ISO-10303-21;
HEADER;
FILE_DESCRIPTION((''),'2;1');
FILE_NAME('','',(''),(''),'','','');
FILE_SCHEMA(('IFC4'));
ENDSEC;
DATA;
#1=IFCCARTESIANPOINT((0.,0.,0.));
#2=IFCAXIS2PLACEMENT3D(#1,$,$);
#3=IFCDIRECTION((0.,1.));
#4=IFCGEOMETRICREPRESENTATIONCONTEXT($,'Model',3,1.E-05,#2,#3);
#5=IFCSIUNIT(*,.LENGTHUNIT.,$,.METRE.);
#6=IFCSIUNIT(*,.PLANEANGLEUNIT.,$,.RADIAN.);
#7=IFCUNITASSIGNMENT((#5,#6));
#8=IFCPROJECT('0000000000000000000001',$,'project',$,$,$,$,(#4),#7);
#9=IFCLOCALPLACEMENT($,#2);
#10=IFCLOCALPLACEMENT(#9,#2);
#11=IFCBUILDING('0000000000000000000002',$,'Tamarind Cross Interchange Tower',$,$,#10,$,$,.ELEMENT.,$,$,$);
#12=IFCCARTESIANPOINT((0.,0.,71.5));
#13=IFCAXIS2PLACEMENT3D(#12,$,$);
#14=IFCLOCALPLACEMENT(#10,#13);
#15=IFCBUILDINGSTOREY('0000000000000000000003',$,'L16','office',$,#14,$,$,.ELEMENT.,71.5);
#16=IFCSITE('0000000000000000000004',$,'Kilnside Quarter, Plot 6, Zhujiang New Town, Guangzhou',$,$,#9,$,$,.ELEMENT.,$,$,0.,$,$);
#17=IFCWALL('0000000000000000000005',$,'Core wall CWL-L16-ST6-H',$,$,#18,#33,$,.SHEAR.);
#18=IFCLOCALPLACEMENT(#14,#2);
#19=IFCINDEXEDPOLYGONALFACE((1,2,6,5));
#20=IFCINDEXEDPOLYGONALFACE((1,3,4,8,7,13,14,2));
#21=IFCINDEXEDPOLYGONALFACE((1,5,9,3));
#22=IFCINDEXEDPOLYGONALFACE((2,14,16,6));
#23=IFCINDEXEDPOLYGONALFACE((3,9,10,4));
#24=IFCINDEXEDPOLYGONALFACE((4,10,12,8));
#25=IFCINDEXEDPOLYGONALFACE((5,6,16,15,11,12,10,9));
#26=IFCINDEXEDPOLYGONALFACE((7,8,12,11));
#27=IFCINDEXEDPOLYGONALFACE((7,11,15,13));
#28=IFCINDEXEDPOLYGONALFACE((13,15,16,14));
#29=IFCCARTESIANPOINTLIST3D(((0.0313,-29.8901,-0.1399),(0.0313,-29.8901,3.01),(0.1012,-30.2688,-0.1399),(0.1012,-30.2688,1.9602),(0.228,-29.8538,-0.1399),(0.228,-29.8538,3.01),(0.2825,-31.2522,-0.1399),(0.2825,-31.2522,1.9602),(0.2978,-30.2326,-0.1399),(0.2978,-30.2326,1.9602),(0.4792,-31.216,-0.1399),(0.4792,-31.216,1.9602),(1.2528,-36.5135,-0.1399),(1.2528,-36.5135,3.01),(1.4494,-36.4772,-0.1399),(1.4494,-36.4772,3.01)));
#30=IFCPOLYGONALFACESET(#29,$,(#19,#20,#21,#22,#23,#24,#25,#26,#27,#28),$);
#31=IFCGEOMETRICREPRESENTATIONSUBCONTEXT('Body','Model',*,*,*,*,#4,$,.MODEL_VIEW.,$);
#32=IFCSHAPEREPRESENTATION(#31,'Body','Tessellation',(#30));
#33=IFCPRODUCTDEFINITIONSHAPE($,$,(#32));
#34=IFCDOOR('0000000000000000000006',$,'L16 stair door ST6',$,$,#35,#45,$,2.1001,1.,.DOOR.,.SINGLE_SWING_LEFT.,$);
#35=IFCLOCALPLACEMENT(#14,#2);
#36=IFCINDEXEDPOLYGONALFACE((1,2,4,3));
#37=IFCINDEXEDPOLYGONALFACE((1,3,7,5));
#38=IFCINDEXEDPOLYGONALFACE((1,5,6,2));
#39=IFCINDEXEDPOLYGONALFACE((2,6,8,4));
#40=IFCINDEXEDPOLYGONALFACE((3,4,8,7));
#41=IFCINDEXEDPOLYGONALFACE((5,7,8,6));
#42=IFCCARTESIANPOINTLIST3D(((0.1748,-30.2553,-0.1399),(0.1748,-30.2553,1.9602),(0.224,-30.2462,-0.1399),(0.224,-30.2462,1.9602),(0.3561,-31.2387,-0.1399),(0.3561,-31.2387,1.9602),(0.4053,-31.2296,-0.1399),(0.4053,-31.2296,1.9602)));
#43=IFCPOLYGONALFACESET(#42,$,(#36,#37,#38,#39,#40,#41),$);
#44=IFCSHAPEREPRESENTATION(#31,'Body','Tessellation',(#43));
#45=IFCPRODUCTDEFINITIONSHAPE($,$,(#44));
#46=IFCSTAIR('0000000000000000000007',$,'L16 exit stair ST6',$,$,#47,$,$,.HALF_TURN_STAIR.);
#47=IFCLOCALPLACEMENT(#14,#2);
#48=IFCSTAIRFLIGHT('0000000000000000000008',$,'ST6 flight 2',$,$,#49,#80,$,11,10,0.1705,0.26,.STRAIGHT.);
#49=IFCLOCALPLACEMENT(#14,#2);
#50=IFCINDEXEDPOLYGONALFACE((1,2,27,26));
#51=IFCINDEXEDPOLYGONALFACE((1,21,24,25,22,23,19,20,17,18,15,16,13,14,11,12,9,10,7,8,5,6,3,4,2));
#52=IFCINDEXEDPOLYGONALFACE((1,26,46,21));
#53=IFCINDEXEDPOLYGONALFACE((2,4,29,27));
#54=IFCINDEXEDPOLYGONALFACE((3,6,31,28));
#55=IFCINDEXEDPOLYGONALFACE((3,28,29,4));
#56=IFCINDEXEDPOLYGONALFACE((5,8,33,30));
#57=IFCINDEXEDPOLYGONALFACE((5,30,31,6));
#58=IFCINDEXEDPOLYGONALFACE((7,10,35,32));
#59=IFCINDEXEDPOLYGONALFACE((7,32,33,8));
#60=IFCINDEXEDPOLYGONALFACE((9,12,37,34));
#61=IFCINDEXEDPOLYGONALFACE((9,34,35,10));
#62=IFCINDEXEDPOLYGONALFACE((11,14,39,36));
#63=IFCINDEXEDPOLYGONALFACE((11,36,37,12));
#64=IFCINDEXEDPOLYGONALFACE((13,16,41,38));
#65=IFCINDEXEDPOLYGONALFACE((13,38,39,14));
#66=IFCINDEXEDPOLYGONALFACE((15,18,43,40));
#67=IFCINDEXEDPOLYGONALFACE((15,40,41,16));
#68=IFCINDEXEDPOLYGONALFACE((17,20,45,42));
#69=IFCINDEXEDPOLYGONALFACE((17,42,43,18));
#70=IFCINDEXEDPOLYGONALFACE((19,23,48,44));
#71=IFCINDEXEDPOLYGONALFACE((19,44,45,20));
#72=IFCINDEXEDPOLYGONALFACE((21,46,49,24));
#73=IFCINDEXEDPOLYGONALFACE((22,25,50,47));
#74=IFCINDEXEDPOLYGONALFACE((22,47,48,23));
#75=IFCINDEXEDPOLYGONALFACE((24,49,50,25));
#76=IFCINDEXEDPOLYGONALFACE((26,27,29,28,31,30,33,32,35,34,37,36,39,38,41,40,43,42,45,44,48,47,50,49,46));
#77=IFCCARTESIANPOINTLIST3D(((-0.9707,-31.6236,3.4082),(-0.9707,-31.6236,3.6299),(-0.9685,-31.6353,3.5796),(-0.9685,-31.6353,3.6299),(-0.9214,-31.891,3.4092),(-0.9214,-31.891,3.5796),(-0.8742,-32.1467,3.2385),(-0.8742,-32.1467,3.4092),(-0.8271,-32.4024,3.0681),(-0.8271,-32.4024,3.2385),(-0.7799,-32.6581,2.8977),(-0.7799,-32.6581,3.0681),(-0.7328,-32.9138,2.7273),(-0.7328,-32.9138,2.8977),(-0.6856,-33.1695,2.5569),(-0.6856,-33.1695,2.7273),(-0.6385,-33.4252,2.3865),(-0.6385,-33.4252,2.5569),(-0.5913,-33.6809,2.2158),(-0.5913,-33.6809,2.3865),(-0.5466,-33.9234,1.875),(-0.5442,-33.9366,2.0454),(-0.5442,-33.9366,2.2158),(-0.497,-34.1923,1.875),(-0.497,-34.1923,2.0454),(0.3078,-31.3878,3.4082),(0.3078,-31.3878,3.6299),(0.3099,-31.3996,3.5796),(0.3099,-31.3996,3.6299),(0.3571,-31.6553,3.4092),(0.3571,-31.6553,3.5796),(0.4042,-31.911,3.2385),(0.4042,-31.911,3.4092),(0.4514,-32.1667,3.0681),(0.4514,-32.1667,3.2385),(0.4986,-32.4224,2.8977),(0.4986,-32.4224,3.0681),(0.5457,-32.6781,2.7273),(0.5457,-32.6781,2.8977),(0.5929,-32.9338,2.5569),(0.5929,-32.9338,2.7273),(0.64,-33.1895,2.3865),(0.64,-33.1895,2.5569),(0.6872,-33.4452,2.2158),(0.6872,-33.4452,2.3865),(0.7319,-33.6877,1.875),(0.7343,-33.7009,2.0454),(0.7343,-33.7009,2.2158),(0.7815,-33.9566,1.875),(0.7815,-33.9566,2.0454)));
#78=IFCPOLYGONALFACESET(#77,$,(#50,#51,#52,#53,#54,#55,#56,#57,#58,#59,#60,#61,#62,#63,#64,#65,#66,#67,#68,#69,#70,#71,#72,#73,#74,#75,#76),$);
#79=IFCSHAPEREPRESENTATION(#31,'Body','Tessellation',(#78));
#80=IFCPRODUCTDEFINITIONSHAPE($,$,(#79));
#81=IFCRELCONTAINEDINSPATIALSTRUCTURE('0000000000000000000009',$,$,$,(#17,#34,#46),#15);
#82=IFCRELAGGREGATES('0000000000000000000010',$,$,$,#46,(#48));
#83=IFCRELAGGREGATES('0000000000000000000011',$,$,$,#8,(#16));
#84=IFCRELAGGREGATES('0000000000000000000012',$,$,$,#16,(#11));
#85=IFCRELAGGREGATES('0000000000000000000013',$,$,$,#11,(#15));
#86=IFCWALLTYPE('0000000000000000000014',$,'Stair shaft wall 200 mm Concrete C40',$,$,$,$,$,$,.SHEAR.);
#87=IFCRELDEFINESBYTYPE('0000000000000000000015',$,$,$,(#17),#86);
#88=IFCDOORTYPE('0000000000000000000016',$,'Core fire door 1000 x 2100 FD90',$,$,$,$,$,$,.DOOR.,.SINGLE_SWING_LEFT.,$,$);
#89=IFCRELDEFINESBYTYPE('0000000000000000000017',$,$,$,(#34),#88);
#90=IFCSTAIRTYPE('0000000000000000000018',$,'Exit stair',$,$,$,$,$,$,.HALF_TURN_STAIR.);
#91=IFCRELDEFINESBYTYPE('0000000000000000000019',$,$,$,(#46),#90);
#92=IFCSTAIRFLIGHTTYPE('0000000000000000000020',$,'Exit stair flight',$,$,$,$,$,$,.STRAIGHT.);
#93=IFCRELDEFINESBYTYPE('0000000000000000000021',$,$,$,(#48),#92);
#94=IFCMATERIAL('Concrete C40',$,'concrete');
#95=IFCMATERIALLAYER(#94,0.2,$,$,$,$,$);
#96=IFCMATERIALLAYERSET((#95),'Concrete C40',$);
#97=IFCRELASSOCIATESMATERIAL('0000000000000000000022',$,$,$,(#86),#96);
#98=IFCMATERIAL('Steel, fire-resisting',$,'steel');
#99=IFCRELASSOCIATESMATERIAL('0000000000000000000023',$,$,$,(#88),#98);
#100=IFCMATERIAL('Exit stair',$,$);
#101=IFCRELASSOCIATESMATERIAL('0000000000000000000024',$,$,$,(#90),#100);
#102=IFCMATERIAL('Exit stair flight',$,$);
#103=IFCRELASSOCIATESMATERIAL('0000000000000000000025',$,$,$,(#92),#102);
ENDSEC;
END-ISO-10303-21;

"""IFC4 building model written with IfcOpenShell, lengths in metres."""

from ifc_helpers import new_model, si_unit, direction, frame, frame_2d, origin, place, context, subcontext, project, spatial, polyline, rectangle, outline, extrude, material, layer, layer_set, type_object, element, fill, aggregate, save


model = new_model("IFC4")

# Units and contexts
model_context = context("Model", 3, precision=1e-05, world=origin(), true_north=direction((0.0, 1.0)))
body_context = subcontext(model_context, "Body", "Model", "MODEL_VIEW")
ifc_project = project(units=[si_unit("LENGTHUNIT", "METRE"), si_unit("PLANEANGLEUNIT", "RADIAN")], contexts=[model_context])

# Site, building, storey
site_placement = place(None, origin())
site = spatial("IfcSite", under=ifc_project, at=site_placement, Name="Kilnside Quarter, Plot 6, Zhujiang New Town, Guangzhou", CompositionType="ELEMENT", RefElevation=0.0)
building_placement = place(site_placement, origin())
building = spatial("IfcBuilding", under=site, at=building_placement, Name="Tamarind Cross Interchange Tower", CompositionType="ELEMENT")
storey_placement = place(building_placement, frame((0.0, 0.0, 71.5)))
storey = spatial("IfcBuildingStorey", under=building, at=storey_placement, Name="L16", Description="office", CompositionType="ELEMENT", Elevation=71.5)

# Wall, opening, door
ifc_material_1 = material(Name="Concrete C40", Category="concrete")
ifc_layer_1 = layer(ifc_material_1, 0.2)
ifc_layer_set_1 = layer_set([ifc_layer_1], Name="Concrete C40")
wall_type_1 = type_object("IfcWallType", Name="Stair shaft wall 200 mm Concrete C40", PredefinedType="SHEAR", material=ifc_layer_set_1)
wall_1_placement = place(storey_placement, frame((0.1296, -29.8718, -0.1399), z_axis=(0.0, 0.0, 1.0), x_axis=(0.181351, -0.983419, 0.0)))
wall_1 = element("IfcWall", 1, at=wall_1_placement, inside=storey, type_object=wall_type_1, Name="Core wall CWL-L16-ST6-H", PredefinedType="SHEAR", context=body_context, shape_type="SweptSolid", body=[
    extrude(rectangle(XDim=6.7351, YDim=0.2, at=frame_2d((3.3677, 0.0))), origin(), (0.0, 0.0, 1.0), 3.1499),
])
opening_1_placement = place(wall_1_placement, frame((0.3853, 0.0, 0.0)))
opening_1 = element("IfcOpeningElement", 2, at=opening_1_placement, cuts=wall_1, PredefinedType="OPENING", context=body_context, shape_type="SweptSolid", body=[
    extrude(rectangle(XDim=1.0, YDim=2.1001, at=frame_2d((0.5, 1.05))), frame((0.0, 0.1099, 0.0), z_axis=(0.0, -1.0, 0.0), x_axis=(1.0, 0.0, 0.0)), (0.0, 0.0, 1.0), 0.22),
])
ifc_material_2 = material(Name="Steel, fire-resisting", Category="steel")
door_type_1 = type_object("IfcDoorType", Name="Core fire door 1000 x 2100 FD90", OperationType="SINGLE_SWING_LEFT", PredefinedType="DOOR", material=ifc_material_2)
door_1_placement = place(opening_1_placement, origin())
door_1 = element("IfcDoor", 3, at=door_1_placement, inside=storey, type_object=door_type_1, Name="L16 stair door ST6", OperationType="SINGLE_SWING_LEFT", OverallHeight=2.1001, OverallWidth=1.0, PredefinedType="DOOR", context=body_context, shape_type="SweptSolid", body=[
    extrude(rectangle(XDim=1.0, YDim=2.1001, at=frame_2d((0.5, 1.05))), frame((0.0, 0.0249, 0.0), z_axis=(0.0, -1.0, 0.0), x_axis=(1.0, 0.0, 0.0)), (0.0, 0.0, 1.0), 0.05),
])
fill(opening_1, door_1)

# Stair, stair flight
ifc_material_3 = material(Name="Exit stair")
stair_type = type_object("IfcStairType", Name="Exit stair", PredefinedType="HALF_TURN_STAIR", material=ifc_material_3)
stair_placement = place(storey_placement, origin())
stair = element("IfcStair", 4, at=stair_placement, inside=storey, type_object=stair_type, Name="L16 exit stair ST6", PredefinedType="HALF_TURN_STAIR")
ifc_material_4 = material(Name="Exit stair flight")
stair_flight_type = type_object("IfcStairFlightType", Name="Exit stair flight", PredefinedType="STRAIGHT", material=ifc_material_4)
stair_flight_placement = place(storey_placement, frame((0.1421, -34.0745, 1.875), z_axis=(0.0, 0.0, 1.0), x_axis=(-0.181343, 0.98342, 0.0)))
stair_flight = element("IfcStairFlight", 5, at=stair_flight_placement, type_object=stair_flight_type, Name="ST6 flight 2", NumberOfRisers=11, NumberOfTreads=10, PredefinedType="STRAIGHT", RiserHeight=0.1705, TreadLength=0.26, context=body_context, shape_type="SweptSolid", body=[
    extrude(outline(polyline([(0.0, 0.0), (0.0, 0.1704), (0.26, 0.1704), (0.26, 0.3408), (0.52, 0.3408), (0.52, 0.5115), (0.78, 0.5115), (0.78, 0.6819), (1.04, 0.6819), (1.04, 0.8523), (1.3, 0.8523), (1.3, 1.0227), (1.5601, 1.0227), (1.5601, 1.1931), (1.8201, 1.1931), (1.8201, 1.3635), (2.0801, 1.3635), (2.0801, 1.5342), (2.3401, 1.5342), (2.3401, 1.7046), (2.6001, 1.7046), (2.6001, 1.7549), (2.6121, 1.7549), (2.6121, 1.5332), (0.2734, 0.0), (0.0, 0.0)])), frame((0.0, 0.6499, 0.0), z_axis=(0.0, -1.0, 0.0), x_axis=(1.0, 0.0, 0.0)), (0.0, 0.0, 1.0), 1.3),
])
aggregate(stair, [stair_flight])

save(model, "model.ifc")
